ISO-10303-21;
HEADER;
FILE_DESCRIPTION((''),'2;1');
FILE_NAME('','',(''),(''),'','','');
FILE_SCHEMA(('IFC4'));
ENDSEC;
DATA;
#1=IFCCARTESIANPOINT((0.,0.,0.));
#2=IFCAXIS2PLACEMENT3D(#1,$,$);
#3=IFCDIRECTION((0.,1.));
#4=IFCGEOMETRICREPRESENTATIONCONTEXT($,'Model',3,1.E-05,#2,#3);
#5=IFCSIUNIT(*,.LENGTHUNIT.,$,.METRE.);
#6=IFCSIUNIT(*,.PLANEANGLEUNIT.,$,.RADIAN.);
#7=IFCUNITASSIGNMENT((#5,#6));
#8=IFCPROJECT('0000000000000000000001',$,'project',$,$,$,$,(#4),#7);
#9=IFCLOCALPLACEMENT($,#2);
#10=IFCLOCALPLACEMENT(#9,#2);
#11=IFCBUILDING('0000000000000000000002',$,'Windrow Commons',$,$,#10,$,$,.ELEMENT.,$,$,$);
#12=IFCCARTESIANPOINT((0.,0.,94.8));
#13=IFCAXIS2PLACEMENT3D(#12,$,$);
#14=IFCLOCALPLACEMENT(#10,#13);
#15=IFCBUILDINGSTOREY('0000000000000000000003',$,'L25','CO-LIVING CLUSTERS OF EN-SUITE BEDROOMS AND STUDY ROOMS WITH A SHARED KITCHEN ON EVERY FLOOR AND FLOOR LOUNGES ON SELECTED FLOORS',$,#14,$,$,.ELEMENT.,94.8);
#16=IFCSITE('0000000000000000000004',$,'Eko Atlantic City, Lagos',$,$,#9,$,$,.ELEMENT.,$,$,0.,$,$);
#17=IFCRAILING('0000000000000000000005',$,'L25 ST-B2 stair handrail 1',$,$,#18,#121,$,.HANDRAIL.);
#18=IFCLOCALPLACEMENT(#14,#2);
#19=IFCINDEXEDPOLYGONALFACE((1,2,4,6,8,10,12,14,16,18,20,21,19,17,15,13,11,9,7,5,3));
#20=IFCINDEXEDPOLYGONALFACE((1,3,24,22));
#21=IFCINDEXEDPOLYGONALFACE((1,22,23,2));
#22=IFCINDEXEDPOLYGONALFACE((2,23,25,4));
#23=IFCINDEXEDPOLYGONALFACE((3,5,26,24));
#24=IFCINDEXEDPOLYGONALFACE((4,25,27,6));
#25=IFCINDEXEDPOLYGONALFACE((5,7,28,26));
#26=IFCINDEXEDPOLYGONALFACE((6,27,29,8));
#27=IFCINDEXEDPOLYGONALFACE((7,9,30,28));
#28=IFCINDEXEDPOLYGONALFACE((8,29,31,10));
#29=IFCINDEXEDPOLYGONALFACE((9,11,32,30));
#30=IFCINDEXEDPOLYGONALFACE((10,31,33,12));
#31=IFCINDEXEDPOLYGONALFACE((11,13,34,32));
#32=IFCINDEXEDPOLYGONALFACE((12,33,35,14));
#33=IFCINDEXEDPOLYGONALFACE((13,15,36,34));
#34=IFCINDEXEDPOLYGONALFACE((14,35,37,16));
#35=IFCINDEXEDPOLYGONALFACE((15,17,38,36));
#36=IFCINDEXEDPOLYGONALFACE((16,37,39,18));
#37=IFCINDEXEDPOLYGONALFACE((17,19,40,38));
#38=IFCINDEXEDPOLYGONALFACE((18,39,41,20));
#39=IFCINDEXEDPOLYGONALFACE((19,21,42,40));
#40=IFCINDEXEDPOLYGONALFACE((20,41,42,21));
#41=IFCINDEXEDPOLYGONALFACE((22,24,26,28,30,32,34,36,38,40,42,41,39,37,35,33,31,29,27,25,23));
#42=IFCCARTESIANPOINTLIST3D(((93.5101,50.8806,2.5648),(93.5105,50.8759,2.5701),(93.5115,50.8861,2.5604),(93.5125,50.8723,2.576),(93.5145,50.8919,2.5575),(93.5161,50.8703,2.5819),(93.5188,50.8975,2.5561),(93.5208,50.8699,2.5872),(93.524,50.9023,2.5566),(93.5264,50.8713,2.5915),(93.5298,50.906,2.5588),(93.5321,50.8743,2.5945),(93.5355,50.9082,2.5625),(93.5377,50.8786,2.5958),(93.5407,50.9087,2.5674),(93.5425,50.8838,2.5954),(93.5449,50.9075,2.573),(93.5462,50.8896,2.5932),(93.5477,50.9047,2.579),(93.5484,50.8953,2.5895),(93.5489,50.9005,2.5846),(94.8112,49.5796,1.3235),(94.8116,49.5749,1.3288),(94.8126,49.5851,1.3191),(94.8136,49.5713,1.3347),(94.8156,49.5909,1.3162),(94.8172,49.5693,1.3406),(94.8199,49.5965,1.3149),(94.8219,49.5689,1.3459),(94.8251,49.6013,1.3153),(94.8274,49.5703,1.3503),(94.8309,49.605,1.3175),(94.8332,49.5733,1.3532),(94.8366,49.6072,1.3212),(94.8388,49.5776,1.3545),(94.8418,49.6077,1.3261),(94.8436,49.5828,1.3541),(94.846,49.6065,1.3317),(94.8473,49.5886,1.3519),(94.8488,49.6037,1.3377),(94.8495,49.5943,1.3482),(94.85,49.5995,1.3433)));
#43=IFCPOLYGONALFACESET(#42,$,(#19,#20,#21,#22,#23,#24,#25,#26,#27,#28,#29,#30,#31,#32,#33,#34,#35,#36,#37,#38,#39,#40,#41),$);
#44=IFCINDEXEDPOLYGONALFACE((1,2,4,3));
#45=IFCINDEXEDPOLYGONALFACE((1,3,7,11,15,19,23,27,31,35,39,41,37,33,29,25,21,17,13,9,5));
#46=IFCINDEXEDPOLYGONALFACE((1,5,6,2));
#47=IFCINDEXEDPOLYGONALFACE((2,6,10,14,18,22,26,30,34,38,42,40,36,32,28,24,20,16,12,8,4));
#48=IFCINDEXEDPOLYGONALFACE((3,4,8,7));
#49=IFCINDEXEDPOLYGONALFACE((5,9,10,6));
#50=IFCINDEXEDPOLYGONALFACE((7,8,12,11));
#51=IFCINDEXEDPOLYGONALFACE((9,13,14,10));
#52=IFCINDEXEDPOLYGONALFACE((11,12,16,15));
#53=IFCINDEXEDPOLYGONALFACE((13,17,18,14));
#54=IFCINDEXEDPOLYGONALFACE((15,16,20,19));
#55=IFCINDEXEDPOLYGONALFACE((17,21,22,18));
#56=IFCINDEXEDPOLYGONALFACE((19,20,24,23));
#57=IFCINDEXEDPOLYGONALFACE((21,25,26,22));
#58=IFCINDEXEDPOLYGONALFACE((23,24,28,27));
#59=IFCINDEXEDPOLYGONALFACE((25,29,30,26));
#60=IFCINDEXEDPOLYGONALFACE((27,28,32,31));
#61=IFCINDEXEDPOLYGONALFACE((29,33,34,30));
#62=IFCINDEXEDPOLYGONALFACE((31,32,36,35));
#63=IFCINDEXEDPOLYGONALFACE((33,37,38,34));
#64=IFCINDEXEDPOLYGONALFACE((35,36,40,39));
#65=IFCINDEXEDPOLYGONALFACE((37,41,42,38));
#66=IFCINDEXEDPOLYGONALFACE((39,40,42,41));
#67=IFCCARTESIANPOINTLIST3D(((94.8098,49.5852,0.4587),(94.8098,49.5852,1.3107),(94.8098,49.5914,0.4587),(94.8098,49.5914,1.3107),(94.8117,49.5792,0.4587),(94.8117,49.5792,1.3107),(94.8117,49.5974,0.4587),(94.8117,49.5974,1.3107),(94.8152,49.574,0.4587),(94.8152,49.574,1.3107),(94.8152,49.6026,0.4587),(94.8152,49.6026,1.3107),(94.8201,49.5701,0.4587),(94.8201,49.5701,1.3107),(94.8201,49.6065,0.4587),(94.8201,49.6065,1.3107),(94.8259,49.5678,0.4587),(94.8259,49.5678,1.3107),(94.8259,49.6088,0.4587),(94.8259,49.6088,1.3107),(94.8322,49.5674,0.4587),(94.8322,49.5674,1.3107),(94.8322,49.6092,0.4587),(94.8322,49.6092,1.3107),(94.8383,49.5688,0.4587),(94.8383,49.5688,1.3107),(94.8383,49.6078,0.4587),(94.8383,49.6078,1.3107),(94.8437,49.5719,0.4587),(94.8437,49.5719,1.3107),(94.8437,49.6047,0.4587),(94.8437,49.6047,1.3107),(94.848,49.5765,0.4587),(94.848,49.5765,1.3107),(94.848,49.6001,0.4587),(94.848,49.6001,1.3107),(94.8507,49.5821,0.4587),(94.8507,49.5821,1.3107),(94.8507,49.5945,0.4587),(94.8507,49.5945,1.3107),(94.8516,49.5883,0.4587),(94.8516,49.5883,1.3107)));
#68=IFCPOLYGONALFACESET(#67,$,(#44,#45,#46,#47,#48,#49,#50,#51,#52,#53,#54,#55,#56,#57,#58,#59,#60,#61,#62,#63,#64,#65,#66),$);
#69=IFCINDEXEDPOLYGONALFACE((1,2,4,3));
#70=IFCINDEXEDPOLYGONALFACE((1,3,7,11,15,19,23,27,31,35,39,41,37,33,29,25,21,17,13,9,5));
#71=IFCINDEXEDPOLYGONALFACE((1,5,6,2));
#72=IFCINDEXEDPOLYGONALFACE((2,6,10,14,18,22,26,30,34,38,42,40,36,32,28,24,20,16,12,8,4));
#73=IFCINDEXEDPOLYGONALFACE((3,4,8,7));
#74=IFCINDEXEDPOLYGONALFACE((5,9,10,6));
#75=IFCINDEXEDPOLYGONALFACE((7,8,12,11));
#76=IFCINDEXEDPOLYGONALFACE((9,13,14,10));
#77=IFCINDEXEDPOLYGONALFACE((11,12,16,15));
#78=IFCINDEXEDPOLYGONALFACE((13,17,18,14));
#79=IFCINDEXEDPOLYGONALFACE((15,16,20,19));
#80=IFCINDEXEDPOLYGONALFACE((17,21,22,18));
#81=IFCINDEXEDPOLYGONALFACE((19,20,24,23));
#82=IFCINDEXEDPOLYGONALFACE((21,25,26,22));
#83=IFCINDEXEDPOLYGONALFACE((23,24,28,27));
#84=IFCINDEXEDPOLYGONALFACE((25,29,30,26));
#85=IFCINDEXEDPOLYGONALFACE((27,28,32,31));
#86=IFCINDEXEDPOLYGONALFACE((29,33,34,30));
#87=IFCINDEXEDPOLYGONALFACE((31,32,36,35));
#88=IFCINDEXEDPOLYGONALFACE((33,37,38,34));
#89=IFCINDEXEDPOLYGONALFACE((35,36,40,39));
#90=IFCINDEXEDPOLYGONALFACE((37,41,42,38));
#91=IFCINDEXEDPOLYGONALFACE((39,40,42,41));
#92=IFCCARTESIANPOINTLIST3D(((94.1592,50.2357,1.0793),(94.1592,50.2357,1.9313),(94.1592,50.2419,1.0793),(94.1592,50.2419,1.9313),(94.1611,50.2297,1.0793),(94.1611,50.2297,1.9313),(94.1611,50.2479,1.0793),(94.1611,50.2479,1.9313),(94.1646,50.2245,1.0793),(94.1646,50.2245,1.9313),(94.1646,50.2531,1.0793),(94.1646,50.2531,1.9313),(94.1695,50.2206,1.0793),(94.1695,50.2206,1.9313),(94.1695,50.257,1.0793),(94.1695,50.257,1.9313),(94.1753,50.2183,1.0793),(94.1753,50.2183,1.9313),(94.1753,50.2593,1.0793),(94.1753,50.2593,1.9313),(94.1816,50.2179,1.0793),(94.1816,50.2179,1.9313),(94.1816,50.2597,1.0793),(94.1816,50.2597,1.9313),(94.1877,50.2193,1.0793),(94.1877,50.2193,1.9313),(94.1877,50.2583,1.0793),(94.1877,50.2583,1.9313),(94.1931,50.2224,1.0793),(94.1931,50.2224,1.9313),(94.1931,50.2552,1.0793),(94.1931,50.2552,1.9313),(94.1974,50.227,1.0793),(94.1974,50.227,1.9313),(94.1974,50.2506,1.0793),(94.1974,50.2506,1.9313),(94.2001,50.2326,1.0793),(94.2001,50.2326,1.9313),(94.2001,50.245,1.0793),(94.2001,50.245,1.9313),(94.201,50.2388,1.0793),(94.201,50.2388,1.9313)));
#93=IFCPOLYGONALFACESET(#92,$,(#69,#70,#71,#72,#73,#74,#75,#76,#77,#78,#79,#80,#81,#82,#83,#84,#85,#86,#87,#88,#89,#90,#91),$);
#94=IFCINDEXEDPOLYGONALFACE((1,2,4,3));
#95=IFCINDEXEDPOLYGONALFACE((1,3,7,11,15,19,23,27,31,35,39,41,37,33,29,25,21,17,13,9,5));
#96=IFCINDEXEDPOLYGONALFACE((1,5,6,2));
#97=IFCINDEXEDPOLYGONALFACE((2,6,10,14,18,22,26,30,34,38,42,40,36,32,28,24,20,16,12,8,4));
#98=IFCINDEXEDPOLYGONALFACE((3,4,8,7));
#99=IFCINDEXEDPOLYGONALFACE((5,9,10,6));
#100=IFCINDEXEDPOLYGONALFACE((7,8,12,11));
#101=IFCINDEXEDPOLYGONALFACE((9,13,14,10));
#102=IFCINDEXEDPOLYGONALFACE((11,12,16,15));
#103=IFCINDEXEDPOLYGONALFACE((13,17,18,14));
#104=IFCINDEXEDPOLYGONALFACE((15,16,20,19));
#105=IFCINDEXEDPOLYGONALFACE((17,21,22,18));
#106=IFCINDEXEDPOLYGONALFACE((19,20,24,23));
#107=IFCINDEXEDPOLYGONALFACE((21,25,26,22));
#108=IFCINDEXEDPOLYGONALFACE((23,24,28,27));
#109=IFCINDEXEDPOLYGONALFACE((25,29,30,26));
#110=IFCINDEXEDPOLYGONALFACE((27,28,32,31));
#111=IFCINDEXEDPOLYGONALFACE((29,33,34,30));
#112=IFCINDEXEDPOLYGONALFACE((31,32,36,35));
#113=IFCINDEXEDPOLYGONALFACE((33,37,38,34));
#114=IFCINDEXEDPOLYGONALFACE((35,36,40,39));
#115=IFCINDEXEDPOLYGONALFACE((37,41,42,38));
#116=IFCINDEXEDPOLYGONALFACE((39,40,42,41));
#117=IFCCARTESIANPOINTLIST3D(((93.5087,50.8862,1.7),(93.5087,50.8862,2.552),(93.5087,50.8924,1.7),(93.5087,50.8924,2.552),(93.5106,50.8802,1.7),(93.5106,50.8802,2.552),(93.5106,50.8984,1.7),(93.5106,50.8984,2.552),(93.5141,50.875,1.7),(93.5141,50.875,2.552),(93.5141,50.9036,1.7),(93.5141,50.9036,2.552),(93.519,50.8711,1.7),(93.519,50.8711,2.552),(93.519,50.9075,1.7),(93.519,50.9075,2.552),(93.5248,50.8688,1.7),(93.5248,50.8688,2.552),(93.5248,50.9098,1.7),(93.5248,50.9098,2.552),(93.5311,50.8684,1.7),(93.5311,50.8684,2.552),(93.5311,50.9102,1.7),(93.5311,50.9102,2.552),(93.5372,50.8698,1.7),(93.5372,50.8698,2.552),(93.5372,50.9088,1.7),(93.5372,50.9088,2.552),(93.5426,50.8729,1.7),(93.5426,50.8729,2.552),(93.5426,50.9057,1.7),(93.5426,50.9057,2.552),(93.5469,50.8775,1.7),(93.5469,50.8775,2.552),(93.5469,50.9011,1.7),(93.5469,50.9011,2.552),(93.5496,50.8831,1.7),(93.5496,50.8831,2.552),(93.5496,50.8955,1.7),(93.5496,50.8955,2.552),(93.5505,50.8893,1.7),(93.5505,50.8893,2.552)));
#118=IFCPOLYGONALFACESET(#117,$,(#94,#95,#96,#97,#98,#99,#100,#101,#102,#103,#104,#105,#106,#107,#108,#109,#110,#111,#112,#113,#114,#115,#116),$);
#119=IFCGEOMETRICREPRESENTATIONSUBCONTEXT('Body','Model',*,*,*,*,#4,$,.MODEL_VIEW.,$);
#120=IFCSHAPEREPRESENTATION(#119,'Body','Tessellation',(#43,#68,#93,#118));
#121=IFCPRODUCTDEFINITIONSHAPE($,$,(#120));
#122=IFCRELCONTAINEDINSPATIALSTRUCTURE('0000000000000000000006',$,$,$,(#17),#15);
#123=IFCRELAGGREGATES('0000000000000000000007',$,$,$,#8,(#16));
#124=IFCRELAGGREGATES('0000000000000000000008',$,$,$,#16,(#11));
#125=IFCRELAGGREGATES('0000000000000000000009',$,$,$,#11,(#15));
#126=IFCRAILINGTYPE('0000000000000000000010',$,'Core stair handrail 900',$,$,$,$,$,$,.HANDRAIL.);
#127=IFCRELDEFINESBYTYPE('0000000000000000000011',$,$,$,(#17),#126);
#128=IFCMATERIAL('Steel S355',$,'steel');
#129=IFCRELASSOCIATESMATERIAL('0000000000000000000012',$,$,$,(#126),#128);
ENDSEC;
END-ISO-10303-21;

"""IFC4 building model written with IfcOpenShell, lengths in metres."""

from ifc_helpers import new_model, si_unit, direction, frame, origin, origin_2d, place, context, subcontext, project, spatial, circle, extrude, material, type_object, element, save


model = new_model("IFC4")

# Units and contexts
model_context = context("Model", 3, precision=1e-05, world=origin(), true_north=direction((0.0, 1.0)))
body_context = subcontext(model_context, "Body", "Model", "MODEL_VIEW")
ifc_project = project(units=[si_unit("LENGTHUNIT", "METRE"), si_unit("PLANEANGLEUNIT", "RADIAN")], contexts=[model_context])

# Site, building, storey
site_placement = place(None, origin())
site = spatial("IfcSite", under=ifc_project, at=site_placement, Name="Eko Atlantic City, Lagos", CompositionType="ELEMENT", RefElevation=0.0)
building_placement = place(site_placement, origin())
building = spatial("IfcBuilding", under=site, at=building_placement, Name="Windrow Commons", CompositionType="ELEMENT")
storey_placement = place(building_placement, frame((0.0, 0.0, 94.8)))
storey = spatial("IfcBuildingStorey", under=building, at=storey_placement, Name="L25", Description="CO-LIVING CLUSTERS OF EN-SUITE BEDROOMS AND STUDY ROOMS WITH A SHARED KITCHEN ON EVERY FLOOR AND FLOOR LOUNGES ON SELECTED FLOORS", CompositionType="ELEMENT", Elevation=94.8)

# Railing
ifc_material_1 = material(Name="Steel S355", Category="steel")
railing_type = type_object("IfcRailingType", Name="Core stair handrail 900", PredefinedType="HANDRAIL", material=ifc_material_1)
railing_placement = place(storey_placement, frame((94.8306, 49.5883, 0.4587)))
element("IfcRailing", 1, at=railing_placement, inside=storey, type_object=railing_type, Name="L25 ST-B2 stair handrail 1", PredefinedType="HANDRAIL", context=body_context, shape_type="SweptSolid", body=[
    extrude(circle(Radius=0.024, at=origin_2d()), frame((0.0, 0.0, 0.876), z_axis=(-0.586207, 0.586162, 0.559264), x_axis=(-0.70708, -0.707134, 0.0)), (0.0, 0.0, 1.0), 2.2195),
    extrude(circle(Radius=0.021, at=origin_2d()), origin(), (0.0, 0.0, 1.0), 0.852),
    extrude(circle(Radius=0.021, at=origin_2d()), frame((-0.6506, 0.6505, 0.6206)), (0.0, 0.0, 1.0), 0.852),
    extrude(circle(Radius=0.021, at=origin_2d()), frame((-1.3011, 1.301, 1.2413)), (0.0, 0.0, 1.0), 0.852),
])

save(model, "model.ifc")
